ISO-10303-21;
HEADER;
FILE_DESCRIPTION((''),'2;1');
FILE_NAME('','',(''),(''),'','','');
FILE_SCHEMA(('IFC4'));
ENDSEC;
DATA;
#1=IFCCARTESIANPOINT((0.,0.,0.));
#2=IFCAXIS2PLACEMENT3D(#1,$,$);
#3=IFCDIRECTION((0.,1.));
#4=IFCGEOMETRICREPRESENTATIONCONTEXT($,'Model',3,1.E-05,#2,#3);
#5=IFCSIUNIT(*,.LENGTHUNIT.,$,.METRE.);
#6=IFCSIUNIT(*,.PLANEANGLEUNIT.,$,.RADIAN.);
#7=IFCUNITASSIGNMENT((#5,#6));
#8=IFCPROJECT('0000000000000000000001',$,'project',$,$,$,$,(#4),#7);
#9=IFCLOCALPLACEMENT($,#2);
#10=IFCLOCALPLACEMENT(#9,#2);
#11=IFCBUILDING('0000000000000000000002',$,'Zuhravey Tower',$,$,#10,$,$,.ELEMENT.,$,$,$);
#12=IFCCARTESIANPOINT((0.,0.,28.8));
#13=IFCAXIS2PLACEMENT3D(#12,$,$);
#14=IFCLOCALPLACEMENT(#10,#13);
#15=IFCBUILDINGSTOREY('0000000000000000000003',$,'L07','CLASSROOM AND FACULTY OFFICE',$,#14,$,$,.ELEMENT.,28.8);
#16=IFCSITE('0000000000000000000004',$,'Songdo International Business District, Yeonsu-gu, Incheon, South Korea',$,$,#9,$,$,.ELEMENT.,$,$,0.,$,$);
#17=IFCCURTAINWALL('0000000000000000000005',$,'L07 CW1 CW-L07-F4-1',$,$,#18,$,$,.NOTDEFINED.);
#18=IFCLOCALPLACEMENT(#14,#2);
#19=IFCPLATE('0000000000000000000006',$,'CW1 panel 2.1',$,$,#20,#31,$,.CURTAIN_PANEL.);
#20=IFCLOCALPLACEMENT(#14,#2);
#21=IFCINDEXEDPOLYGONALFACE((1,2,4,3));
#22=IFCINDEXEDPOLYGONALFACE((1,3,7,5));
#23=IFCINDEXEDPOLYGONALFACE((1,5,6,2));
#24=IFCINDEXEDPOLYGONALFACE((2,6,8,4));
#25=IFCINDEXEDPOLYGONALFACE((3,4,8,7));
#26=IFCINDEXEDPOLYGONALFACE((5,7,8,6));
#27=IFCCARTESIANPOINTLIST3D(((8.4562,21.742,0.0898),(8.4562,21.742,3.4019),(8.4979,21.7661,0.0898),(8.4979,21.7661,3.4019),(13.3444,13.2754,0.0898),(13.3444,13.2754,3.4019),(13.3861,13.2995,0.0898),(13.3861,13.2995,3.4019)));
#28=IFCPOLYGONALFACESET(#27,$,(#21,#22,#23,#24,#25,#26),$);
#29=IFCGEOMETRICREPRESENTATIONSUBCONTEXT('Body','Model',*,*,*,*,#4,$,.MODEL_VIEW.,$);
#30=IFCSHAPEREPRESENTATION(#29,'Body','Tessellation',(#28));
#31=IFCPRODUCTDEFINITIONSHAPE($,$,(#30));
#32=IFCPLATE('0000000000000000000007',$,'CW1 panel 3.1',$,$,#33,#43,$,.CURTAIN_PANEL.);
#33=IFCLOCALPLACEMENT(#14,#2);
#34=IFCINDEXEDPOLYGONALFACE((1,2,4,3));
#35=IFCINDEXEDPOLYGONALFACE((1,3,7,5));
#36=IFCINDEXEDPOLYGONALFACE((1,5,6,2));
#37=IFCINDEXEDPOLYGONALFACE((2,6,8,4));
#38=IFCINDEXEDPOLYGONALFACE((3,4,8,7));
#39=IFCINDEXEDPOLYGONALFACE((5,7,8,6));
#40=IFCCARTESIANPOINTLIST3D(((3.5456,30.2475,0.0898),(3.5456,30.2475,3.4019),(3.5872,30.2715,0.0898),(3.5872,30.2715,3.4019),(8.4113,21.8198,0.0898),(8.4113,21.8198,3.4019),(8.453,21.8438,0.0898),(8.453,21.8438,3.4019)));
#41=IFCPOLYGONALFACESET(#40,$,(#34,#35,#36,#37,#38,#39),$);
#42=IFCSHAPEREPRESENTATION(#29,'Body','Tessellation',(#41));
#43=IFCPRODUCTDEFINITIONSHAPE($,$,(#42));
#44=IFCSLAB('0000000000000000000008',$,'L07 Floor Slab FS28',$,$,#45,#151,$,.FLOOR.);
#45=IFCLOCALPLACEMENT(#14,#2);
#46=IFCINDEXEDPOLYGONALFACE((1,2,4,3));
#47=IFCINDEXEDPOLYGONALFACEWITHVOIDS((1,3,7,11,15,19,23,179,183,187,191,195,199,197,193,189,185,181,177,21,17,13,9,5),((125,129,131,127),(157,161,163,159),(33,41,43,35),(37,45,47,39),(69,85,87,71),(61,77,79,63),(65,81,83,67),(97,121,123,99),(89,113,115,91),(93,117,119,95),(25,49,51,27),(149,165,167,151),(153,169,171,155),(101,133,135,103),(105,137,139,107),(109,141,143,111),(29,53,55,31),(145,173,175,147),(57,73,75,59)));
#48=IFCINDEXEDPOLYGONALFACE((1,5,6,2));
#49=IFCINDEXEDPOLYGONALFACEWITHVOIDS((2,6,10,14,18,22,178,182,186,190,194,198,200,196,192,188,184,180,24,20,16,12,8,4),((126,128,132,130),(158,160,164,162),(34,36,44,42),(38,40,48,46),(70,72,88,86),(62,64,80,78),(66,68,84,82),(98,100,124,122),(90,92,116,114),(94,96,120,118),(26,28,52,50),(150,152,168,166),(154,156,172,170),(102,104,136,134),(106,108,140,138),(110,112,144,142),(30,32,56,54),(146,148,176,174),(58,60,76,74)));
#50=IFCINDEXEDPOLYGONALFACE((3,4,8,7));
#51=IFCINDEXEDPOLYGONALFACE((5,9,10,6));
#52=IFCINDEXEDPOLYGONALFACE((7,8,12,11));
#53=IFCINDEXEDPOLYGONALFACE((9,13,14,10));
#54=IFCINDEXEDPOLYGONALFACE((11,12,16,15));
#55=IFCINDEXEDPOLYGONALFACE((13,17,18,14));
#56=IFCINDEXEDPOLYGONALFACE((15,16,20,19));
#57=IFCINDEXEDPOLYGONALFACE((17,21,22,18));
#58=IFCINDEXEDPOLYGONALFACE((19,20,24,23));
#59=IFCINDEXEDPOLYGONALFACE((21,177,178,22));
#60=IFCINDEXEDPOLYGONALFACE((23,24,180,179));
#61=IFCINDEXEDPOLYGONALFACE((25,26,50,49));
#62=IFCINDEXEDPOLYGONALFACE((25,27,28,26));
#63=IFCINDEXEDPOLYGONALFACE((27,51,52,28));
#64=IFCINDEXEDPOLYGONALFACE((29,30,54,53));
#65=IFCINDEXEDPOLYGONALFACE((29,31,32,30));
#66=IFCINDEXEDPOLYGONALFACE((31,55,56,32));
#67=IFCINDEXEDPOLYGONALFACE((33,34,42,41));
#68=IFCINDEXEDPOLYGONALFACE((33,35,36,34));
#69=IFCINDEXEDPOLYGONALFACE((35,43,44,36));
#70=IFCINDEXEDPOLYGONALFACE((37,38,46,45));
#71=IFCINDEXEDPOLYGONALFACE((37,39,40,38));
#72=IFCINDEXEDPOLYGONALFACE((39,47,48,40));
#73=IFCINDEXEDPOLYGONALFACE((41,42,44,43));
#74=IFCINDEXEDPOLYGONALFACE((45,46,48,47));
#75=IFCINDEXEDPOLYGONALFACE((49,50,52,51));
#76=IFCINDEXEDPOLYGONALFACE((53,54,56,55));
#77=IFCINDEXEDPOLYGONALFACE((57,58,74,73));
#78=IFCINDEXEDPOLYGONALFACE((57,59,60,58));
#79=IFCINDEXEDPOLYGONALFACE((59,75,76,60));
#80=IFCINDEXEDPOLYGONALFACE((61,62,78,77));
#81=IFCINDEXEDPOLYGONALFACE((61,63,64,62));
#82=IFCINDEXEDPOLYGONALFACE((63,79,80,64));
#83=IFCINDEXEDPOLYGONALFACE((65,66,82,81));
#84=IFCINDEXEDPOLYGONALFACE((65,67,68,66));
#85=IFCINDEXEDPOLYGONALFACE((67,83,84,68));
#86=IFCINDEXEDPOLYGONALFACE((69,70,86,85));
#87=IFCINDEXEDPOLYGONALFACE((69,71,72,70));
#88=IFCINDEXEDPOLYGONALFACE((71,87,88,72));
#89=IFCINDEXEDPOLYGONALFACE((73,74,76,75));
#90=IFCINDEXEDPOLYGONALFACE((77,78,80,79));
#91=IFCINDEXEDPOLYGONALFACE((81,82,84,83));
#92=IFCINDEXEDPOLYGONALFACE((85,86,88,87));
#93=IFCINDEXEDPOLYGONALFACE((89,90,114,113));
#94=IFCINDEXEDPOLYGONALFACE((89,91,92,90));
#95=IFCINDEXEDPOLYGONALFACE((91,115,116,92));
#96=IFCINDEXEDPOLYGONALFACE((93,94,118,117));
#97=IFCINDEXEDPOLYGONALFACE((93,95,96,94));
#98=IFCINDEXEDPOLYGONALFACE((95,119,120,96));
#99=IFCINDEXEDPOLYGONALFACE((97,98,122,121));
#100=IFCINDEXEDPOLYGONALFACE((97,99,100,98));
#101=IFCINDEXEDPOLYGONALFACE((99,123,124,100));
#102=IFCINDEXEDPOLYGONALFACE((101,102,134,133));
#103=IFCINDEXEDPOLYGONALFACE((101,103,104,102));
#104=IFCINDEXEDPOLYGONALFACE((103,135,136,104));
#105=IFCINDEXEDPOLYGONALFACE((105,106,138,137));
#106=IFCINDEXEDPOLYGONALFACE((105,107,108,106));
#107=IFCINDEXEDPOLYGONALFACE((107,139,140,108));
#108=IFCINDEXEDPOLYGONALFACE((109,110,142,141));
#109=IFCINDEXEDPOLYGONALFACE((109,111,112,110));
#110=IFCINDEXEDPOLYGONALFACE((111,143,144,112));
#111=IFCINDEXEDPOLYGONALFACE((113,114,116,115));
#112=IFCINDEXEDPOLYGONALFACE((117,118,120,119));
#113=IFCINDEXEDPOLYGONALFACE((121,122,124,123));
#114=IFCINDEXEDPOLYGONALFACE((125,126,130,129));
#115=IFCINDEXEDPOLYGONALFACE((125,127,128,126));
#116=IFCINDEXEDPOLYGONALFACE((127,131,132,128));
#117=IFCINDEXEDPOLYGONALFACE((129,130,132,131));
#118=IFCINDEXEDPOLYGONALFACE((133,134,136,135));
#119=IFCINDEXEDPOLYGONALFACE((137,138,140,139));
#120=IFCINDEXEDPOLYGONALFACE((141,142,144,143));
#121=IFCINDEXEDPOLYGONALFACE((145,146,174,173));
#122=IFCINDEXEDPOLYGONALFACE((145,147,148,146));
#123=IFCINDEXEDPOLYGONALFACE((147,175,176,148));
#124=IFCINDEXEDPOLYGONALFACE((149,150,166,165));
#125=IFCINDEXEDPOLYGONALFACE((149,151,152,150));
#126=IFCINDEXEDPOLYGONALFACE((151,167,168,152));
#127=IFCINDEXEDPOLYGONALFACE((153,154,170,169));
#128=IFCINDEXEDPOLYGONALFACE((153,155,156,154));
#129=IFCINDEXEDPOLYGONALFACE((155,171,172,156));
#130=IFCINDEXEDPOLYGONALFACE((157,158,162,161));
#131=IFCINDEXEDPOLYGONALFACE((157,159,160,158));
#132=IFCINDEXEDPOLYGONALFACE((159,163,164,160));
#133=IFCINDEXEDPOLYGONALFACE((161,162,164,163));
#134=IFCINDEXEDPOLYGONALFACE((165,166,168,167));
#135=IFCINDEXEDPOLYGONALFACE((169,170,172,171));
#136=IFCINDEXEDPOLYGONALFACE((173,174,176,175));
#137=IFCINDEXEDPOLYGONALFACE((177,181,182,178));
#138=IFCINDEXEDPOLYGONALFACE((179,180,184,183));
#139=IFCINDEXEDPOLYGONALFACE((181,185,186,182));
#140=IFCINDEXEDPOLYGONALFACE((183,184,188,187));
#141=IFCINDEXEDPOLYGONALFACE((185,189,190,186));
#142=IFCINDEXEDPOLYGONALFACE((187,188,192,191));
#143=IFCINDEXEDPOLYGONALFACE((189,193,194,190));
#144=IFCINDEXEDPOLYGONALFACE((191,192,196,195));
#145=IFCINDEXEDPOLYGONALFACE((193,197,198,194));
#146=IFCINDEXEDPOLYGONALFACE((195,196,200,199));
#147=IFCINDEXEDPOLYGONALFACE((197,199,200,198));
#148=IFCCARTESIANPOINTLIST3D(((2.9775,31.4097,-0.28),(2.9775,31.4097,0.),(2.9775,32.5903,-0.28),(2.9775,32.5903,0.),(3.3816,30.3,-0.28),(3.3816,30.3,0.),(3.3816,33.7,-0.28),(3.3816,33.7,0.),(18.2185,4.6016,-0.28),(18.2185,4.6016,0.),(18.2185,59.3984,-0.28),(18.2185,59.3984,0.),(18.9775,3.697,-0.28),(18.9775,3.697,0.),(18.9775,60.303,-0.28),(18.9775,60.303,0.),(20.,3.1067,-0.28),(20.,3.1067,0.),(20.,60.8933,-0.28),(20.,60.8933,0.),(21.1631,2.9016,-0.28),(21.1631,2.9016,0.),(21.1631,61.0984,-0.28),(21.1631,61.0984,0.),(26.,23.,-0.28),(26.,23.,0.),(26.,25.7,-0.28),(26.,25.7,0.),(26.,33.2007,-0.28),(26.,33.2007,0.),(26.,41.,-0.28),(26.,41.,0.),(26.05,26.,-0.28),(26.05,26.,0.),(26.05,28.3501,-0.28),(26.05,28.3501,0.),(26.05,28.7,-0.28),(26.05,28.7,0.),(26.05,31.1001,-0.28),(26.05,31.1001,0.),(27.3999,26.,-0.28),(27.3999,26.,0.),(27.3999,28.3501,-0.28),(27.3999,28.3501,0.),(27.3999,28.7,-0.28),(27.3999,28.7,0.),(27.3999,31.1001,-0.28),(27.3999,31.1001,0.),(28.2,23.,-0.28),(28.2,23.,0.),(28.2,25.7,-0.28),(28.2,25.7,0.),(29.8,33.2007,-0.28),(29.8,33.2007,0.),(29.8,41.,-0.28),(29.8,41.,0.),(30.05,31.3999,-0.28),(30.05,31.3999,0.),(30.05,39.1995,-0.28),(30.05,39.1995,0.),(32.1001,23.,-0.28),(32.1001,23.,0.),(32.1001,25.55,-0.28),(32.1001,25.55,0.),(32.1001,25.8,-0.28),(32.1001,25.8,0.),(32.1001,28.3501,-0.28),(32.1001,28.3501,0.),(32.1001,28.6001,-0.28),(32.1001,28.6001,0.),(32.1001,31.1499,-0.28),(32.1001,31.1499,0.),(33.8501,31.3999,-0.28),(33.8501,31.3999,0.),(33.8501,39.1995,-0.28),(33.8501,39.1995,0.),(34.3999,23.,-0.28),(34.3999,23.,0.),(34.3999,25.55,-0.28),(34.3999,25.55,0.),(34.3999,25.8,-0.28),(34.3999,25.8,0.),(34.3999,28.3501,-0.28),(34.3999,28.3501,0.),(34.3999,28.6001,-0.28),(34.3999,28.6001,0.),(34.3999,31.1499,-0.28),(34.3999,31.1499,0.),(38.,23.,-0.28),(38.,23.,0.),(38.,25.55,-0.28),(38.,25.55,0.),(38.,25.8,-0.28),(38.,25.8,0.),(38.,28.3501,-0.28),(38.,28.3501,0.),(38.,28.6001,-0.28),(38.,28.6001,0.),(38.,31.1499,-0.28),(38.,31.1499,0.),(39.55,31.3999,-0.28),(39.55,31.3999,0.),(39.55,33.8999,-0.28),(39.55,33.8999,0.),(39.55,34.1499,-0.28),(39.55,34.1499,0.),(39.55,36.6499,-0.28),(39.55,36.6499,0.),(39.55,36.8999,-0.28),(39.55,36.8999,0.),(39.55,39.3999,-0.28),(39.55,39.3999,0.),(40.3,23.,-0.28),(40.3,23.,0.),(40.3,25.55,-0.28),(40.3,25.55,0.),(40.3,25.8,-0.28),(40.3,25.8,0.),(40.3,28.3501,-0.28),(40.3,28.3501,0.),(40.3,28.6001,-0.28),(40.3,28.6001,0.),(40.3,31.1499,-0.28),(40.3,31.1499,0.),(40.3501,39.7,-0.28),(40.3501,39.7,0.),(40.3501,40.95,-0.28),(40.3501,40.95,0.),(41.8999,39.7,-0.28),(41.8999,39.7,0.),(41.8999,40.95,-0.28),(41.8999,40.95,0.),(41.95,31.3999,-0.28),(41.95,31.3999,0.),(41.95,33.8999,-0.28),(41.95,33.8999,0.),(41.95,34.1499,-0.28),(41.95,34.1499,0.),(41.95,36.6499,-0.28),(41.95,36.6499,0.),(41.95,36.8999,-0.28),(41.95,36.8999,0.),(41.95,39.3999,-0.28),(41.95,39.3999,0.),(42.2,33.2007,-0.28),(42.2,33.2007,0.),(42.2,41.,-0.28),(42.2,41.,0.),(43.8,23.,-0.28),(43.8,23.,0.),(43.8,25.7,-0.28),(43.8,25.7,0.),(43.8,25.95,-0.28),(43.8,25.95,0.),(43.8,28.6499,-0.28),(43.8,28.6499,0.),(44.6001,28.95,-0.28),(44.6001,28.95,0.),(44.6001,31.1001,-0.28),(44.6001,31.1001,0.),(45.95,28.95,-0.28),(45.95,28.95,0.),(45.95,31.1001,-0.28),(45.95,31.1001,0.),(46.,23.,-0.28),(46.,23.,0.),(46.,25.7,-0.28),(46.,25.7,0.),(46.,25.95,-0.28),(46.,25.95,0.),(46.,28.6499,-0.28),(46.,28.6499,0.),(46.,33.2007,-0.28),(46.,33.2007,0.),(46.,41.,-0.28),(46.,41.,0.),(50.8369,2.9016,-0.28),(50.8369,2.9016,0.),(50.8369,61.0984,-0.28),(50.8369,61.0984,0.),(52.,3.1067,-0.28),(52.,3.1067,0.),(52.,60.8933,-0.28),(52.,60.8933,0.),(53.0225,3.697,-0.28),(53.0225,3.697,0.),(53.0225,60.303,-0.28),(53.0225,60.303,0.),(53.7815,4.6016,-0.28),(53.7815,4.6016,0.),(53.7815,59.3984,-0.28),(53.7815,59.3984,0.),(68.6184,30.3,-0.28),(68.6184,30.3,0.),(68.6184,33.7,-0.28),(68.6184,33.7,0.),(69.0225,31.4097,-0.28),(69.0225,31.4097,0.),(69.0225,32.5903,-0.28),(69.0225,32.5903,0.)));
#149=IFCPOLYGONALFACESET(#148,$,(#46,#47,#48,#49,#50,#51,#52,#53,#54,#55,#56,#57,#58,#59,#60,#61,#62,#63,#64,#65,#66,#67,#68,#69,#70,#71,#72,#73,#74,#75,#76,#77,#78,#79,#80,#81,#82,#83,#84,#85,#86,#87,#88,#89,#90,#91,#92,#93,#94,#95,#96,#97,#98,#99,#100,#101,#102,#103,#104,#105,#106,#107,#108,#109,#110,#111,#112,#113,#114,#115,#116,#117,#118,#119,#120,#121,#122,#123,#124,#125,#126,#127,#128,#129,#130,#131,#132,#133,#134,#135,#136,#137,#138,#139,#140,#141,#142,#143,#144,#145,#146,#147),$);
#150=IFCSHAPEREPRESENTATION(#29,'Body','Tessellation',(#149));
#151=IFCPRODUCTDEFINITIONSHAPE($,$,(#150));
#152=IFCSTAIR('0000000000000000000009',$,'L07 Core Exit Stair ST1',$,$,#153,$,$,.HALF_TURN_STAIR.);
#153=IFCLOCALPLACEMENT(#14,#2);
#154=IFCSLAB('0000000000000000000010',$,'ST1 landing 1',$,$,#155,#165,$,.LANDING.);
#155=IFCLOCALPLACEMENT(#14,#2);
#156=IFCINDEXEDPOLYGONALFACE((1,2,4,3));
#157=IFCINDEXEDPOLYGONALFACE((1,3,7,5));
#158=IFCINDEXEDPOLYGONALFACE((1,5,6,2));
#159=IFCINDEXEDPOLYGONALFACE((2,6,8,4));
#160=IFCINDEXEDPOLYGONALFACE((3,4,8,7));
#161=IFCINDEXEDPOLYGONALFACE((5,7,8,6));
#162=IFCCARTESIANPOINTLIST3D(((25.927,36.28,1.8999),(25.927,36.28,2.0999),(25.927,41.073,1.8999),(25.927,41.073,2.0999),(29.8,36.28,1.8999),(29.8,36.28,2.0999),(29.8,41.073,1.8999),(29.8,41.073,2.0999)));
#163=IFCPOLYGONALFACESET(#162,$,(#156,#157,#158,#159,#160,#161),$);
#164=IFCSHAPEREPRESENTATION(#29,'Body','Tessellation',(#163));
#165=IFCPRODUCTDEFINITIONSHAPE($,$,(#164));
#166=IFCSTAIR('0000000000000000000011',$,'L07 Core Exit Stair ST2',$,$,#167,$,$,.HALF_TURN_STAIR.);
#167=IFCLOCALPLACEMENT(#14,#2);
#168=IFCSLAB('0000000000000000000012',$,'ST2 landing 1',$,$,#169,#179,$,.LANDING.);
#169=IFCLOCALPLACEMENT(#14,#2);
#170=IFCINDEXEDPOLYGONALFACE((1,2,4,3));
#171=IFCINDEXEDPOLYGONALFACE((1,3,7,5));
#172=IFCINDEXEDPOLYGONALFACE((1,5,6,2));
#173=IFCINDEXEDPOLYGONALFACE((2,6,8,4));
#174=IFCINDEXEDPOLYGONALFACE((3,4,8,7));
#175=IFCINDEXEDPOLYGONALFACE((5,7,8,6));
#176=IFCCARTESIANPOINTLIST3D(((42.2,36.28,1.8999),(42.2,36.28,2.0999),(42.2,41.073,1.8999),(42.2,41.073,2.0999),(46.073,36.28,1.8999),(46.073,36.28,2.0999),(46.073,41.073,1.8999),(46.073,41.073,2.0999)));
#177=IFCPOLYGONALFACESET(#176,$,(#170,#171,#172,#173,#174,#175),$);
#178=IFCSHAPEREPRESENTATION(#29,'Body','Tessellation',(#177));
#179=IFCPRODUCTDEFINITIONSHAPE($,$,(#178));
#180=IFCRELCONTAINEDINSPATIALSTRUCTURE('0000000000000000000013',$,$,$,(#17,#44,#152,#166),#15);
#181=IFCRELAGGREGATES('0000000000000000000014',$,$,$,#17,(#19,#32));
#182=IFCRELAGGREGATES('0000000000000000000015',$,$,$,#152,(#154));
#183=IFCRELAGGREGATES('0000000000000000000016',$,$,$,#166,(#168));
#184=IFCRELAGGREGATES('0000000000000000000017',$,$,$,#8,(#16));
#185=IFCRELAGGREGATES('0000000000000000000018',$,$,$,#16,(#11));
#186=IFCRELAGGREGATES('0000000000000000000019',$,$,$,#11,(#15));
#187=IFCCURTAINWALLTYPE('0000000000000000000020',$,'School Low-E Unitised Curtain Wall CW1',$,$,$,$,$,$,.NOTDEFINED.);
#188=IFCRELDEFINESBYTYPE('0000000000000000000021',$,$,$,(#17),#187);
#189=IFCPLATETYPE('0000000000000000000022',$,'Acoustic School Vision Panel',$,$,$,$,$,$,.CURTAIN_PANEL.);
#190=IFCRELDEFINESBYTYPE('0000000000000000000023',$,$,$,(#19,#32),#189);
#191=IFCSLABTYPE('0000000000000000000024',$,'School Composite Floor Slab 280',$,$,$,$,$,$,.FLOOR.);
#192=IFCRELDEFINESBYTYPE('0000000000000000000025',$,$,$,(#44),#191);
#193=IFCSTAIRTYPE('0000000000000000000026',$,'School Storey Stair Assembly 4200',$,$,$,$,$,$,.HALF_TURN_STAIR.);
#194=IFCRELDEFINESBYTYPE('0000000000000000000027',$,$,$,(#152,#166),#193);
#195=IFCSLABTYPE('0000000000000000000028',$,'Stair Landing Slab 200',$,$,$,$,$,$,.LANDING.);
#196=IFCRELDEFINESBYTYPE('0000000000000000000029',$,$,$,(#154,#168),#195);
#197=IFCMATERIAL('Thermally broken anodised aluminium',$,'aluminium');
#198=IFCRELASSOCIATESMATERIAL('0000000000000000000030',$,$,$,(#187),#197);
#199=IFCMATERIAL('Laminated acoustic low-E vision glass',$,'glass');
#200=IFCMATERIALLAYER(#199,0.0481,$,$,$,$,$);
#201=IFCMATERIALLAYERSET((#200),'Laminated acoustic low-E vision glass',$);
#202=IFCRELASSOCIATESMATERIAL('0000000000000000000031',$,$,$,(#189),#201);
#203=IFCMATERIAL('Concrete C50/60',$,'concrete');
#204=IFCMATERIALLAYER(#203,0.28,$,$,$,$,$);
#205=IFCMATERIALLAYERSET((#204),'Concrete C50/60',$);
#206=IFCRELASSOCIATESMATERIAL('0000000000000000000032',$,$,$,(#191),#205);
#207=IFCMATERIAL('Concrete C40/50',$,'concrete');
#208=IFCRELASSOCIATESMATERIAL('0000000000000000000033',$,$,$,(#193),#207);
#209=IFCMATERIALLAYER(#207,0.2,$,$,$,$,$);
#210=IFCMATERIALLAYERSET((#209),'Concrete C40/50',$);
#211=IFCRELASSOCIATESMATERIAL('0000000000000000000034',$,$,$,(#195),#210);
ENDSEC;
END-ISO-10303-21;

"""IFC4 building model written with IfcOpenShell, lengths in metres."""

from ifc_helpers import new_model, si_unit, direction, frame, origin, origin_2d, place, context, subcontext, project, spatial, polyline, rectangle, outline, extrude, material, layer, layer_set, type_object, element, aggregate, save


model = new_model("IFC4")

# Units and contexts
model_context = context("Model", 3, precision=1e-05, world=origin(), true_north=direction((0.0, 1.0)))
body_context = subcontext(model_context, "Body", "Model", "MODEL_VIEW")
ifc_project = project(units=[si_unit("LENGTHUNIT", "METRE"), si_unit("PLANEANGLEUNIT", "RADIAN")], contexts=[model_context])

# Site, building, storey
site_placement = place(None, origin())
site = spatial("IfcSite", under=ifc_project, at=site_placement, Name="Songdo International Business District, Yeonsu-gu, Incheon, South Korea", CompositionType="ELEMENT", RefElevation=0.0)
building_placement = place(site_placement, origin())
building = spatial("IfcBuilding", under=site, at=building_placement, Name="Zuhravey Tower", CompositionType="ELEMENT")
storey_placement = place(building_placement, frame((0.0, 0.0, 28.8)))
storey = spatial("IfcBuildingStorey", under=building, at=storey_placement, Name="L07", Description="CLASSROOM AND FACULTY OFFICE", CompositionType="ELEMENT", Elevation=28.8)

# Shared definitions
ifc_material_1 = material(Name="Thermally broken anodised aluminium", Category="aluminium")
curtain_wall_type = type_object("IfcCurtainWallType", Name="School Low-E Unitised Curtain Wall CW1", PredefinedType="NOTDEFINED", material=ifc_material_1)

# Curtain wall
curtain_wall_1_placement = place(storey_placement, origin())
curtain_wall_1 = element("IfcCurtainWall", 1, at=curtain_wall_1_placement, inside=storey, type_object=curtain_wall_type, Name="L07 CW1 CW-L07-F4-1", PredefinedType="NOTDEFINED")

# Plates
ifc_material_2 = material(Name="Laminated acoustic low-E vision glass", Category="glass")
ifc_layer_1 = layer(ifc_material_2, 0.0481)
ifc_layer_set_1 = layer_set([ifc_layer_1], Name="Laminated acoustic low-E vision glass")
plate_type = type_object("IfcPlateType", Name="Acoustic School Vision Panel", PredefinedType="CURTAIN_PANEL", material=ifc_layer_set_1)
plate_1_placement = place(storey_placement, frame((10.9211, 17.5208, 0.0898), z_axis=(0.0, 0.0, 1.0), x_axis=(-0.5, 0.866026, 0.0)))
plate_1 = element("IfcPlate", 2, at=plate_1_placement, type_object=plate_type, Name="CW1 panel 2.1", PredefinedType="CURTAIN_PANEL", context=body_context, shape_type="SweptSolid", body=[
    extrude(rectangle(XDim=9.7764, YDim=0.0481, at=origin_2d()), origin(), (0.0, 0.0, 1.0), 3.312),
])
plate_2_placement = place(storey_placement, frame((5.9993, 26.0457, 0.0898), z_axis=(0.0, 0.0, 1.0), x_axis=(-0.5, 0.866026, 0.0)))
plate_2 = element("IfcPlate", 3, at=plate_2_placement, type_object=plate_type, Name="CW1 panel 3.1", PredefinedType="CURTAIN_PANEL", context=body_context, shape_type="SweptSolid", body=[
    extrude(rectangle(XDim=9.7314, YDim=0.0481, at=origin_2d()), origin(), (0.0, 0.0, 1.0), 3.312),
])
aggregate(curtain_wall_1, [plate_1, plate_2])

# Slab
ifc_material_3 = material(Name="Concrete C50/60", Category="concrete")
ifc_layer_2 = layer(ifc_material_3, 0.28)
ifc_layer_set_2 = layer_set([ifc_layer_2], Name="Concrete C50/60")
slab_type_1 = type_object("IfcSlabType", Name="School Composite Floor Slab 280", PredefinedType="FLOOR", material=ifc_layer_set_2)
slab_1_placement = place(storey_placement, frame((0.0, 0.0, -0.28)))
element("IfcSlab", 4, at=slab_1_placement, inside=storey, type_object=slab_type_1, Name="L07 Floor Slab FS28", PredefinedType="FLOOR", context=body_context, shape_type="SweptSolid", body=[
    extrude(outline(polyline([(68.6184, 30.3), (69.0225, 31.4097), (69.0225, 32.5903), (68.6184, 33.7), (53.7815, 59.3984), (53.0225, 60.303), (52.0, 60.8933), (50.8369, 61.0984), (21.1631, 61.0984), (20.0, 60.8933), (18.9775, 60.303), (18.2185, 59.3984), (3.3816, 33.7), (2.9775, 32.5903), (2.9775, 31.4097), (3.3816, 30.3), (18.2185, 4.6016), (18.9775, 3.697), (20.0, 3.1067), (21.1631, 2.9016), (50.8369, 2.9016), (52.0, 3.1067), (53.0225, 3.697), (53.7815, 4.6016), (68.6184, 30.3)]), holes=[polyline([(29.8, 33.2007), (29.8, 41.0), (26.0, 41.0), (26.0, 33.2007), (29.8, 33.2007)]), polyline([(46.0, 33.2007), (46.0, 41.0), (42.2, 41.0), (42.2, 33.2007), (46.0, 33.2007)]), polyline([(30.05, 39.1995), (30.05, 31.3999), (33.8501, 31.3999), (33.8501, 39.1995), (30.05, 39.1995)]), polyline([(32.1001, 23.0), (34.3999, 23.0), (34.3999, 25.55), (32.1001, 25.55), (32.1001, 23.0)]), polyline([(32.1001, 25.8), (34.3999, 25.8), (34.3999, 28.3501), (32.1001, 28.3501), (32.1001, 25.8)]), polyline([(32.1001, 28.6001), (34.3999, 28.6001), (34.3999, 31.1499), (32.1001, 31.1499), (32.1001, 28.6001)]), polyline([(38.0, 23.0), (40.3, 23.0), (40.3, 25.55), (38.0, 25.55), (38.0, 23.0)]), polyline([(38.0, 25.8), (40.3, 25.8), (40.3, 28.3501), (38.0, 28.3501), (38.0, 25.8)]), polyline([(38.0, 28.6001), (40.3, 28.6001), (40.3, 31.1499), (38.0, 31.1499), (38.0, 28.6001)]), polyline([(39.55, 31.3999), (41.95, 31.3999), (41.95, 33.8999), (39.55, 33.8999), (39.55, 31.3999)]), polyline([(39.55, 34.1499), (41.95, 34.1499), (41.95, 36.6499), (39.55, 36.6499), (39.55, 34.1499)]), polyline([(39.55, 36.8999), (41.95, 36.8999), (41.95, 39.3999), (39.55, 39.3999), (39.55, 36.8999)]), polyline([(26.0, 23.0), (28.2, 23.0), (28.2, 25.7), (26.0, 25.7), (26.0, 23.0)]), polyline([(43.8, 23.0), (46.0, 23.0), (46.0, 25.7), (43.8, 25.7), (43.8, 23.0)]), polyline([(43.8, 25.95), (46.0, 25.95), (46.0, 28.6499), (43.8, 28.6499), (43.8, 25.95)]), polyline([(26.05, 26.0), (27.3999, 26.0), (27.3999, 28.3501), (26.05, 28.3501), (26.05, 26.0)]), polyline([(26.05, 28.7), (27.3999, 28.7), (27.3999, 31.1001), (26.05, 31.1001), (26.05, 28.7)]), polyline([(44.6001, 28.95), (45.95, 28.95), (45.95, 31.1001), (44.6001, 31.1001), (44.6001, 28.95)]), polyline([(40.3501, 39.7), (41.8999, 39.7), (41.8999, 40.95), (40.3501, 40.95), (40.3501, 39.7)])]), origin(), (0.0, 0.0, 1.0), 0.28),
])

# Stairs, slabs
ifc_material_4 = material(Name="Concrete C40/50", Category="concrete")
stair_type = type_object("IfcStairType", Name="School Storey Stair Assembly 4200", PredefinedType="HALF_TURN_STAIR", material=ifc_material_4)
stair_1_placement = place(storey_placement, origin())
stair_1 = element("IfcStair", 5, at=stair_1_placement, inside=storey, type_object=stair_type, Name="L07 Core Exit Stair ST1", PredefinedType="HALF_TURN_STAIR")
ifc_layer_3 = layer(ifc_material_4, 0.2)
ifc_layer_set_3 = layer_set([ifc_layer_3], Name="Concrete C40/50")
slab_type_2 = type_object("IfcSlabType", Name="Stair Landing Slab 200", PredefinedType="LANDING", material=ifc_layer_set_3)
slab_2_placement = place(storey_placement, frame((0.0, 0.0, 1.8999)))
slab_2 = element("IfcSlab", 6, at=slab_2_placement, type_object=slab_type_2, Name="ST1 landing 1", PredefinedType="LANDING", context=body_context, shape_type="SweptSolid", body=[
    extrude(outline(polyline([(29.8, 36.28), (29.8, 41.073), (25.927, 41.073), (25.927, 36.28), (29.8, 36.28)])), origin(), (0.0, 0.0, 1.0), 0.2),
])
aggregate(stair_1, [slab_2])
stair_2_placement = place(storey_placement, origin())
stair_2 = element("IfcStair", 7, at=stair_2_placement, inside=storey, type_object=stair_type, Name="L07 Core Exit Stair ST2", PredefinedType="HALF_TURN_STAIR")
slab_3_placement = place(storey_placement, frame((0.0, 0.0, 1.8999)))
slab_3 = element("IfcSlab", 8, at=slab_3_placement, type_object=slab_type_2, Name="ST2 landing 1", PredefinedType="LANDING", context=body_context, shape_type="SweptSolid", body=[
    extrude(outline(polyline([(46.073, 36.28), (46.073, 41.073), (42.2, 41.073), (42.2, 36.28), (46.073, 36.28)])), origin(), (0.0, 0.0, 1.0), 0.2),
])
aggregate(stair_2, [slab_3])

save(model, "model.ifc")
